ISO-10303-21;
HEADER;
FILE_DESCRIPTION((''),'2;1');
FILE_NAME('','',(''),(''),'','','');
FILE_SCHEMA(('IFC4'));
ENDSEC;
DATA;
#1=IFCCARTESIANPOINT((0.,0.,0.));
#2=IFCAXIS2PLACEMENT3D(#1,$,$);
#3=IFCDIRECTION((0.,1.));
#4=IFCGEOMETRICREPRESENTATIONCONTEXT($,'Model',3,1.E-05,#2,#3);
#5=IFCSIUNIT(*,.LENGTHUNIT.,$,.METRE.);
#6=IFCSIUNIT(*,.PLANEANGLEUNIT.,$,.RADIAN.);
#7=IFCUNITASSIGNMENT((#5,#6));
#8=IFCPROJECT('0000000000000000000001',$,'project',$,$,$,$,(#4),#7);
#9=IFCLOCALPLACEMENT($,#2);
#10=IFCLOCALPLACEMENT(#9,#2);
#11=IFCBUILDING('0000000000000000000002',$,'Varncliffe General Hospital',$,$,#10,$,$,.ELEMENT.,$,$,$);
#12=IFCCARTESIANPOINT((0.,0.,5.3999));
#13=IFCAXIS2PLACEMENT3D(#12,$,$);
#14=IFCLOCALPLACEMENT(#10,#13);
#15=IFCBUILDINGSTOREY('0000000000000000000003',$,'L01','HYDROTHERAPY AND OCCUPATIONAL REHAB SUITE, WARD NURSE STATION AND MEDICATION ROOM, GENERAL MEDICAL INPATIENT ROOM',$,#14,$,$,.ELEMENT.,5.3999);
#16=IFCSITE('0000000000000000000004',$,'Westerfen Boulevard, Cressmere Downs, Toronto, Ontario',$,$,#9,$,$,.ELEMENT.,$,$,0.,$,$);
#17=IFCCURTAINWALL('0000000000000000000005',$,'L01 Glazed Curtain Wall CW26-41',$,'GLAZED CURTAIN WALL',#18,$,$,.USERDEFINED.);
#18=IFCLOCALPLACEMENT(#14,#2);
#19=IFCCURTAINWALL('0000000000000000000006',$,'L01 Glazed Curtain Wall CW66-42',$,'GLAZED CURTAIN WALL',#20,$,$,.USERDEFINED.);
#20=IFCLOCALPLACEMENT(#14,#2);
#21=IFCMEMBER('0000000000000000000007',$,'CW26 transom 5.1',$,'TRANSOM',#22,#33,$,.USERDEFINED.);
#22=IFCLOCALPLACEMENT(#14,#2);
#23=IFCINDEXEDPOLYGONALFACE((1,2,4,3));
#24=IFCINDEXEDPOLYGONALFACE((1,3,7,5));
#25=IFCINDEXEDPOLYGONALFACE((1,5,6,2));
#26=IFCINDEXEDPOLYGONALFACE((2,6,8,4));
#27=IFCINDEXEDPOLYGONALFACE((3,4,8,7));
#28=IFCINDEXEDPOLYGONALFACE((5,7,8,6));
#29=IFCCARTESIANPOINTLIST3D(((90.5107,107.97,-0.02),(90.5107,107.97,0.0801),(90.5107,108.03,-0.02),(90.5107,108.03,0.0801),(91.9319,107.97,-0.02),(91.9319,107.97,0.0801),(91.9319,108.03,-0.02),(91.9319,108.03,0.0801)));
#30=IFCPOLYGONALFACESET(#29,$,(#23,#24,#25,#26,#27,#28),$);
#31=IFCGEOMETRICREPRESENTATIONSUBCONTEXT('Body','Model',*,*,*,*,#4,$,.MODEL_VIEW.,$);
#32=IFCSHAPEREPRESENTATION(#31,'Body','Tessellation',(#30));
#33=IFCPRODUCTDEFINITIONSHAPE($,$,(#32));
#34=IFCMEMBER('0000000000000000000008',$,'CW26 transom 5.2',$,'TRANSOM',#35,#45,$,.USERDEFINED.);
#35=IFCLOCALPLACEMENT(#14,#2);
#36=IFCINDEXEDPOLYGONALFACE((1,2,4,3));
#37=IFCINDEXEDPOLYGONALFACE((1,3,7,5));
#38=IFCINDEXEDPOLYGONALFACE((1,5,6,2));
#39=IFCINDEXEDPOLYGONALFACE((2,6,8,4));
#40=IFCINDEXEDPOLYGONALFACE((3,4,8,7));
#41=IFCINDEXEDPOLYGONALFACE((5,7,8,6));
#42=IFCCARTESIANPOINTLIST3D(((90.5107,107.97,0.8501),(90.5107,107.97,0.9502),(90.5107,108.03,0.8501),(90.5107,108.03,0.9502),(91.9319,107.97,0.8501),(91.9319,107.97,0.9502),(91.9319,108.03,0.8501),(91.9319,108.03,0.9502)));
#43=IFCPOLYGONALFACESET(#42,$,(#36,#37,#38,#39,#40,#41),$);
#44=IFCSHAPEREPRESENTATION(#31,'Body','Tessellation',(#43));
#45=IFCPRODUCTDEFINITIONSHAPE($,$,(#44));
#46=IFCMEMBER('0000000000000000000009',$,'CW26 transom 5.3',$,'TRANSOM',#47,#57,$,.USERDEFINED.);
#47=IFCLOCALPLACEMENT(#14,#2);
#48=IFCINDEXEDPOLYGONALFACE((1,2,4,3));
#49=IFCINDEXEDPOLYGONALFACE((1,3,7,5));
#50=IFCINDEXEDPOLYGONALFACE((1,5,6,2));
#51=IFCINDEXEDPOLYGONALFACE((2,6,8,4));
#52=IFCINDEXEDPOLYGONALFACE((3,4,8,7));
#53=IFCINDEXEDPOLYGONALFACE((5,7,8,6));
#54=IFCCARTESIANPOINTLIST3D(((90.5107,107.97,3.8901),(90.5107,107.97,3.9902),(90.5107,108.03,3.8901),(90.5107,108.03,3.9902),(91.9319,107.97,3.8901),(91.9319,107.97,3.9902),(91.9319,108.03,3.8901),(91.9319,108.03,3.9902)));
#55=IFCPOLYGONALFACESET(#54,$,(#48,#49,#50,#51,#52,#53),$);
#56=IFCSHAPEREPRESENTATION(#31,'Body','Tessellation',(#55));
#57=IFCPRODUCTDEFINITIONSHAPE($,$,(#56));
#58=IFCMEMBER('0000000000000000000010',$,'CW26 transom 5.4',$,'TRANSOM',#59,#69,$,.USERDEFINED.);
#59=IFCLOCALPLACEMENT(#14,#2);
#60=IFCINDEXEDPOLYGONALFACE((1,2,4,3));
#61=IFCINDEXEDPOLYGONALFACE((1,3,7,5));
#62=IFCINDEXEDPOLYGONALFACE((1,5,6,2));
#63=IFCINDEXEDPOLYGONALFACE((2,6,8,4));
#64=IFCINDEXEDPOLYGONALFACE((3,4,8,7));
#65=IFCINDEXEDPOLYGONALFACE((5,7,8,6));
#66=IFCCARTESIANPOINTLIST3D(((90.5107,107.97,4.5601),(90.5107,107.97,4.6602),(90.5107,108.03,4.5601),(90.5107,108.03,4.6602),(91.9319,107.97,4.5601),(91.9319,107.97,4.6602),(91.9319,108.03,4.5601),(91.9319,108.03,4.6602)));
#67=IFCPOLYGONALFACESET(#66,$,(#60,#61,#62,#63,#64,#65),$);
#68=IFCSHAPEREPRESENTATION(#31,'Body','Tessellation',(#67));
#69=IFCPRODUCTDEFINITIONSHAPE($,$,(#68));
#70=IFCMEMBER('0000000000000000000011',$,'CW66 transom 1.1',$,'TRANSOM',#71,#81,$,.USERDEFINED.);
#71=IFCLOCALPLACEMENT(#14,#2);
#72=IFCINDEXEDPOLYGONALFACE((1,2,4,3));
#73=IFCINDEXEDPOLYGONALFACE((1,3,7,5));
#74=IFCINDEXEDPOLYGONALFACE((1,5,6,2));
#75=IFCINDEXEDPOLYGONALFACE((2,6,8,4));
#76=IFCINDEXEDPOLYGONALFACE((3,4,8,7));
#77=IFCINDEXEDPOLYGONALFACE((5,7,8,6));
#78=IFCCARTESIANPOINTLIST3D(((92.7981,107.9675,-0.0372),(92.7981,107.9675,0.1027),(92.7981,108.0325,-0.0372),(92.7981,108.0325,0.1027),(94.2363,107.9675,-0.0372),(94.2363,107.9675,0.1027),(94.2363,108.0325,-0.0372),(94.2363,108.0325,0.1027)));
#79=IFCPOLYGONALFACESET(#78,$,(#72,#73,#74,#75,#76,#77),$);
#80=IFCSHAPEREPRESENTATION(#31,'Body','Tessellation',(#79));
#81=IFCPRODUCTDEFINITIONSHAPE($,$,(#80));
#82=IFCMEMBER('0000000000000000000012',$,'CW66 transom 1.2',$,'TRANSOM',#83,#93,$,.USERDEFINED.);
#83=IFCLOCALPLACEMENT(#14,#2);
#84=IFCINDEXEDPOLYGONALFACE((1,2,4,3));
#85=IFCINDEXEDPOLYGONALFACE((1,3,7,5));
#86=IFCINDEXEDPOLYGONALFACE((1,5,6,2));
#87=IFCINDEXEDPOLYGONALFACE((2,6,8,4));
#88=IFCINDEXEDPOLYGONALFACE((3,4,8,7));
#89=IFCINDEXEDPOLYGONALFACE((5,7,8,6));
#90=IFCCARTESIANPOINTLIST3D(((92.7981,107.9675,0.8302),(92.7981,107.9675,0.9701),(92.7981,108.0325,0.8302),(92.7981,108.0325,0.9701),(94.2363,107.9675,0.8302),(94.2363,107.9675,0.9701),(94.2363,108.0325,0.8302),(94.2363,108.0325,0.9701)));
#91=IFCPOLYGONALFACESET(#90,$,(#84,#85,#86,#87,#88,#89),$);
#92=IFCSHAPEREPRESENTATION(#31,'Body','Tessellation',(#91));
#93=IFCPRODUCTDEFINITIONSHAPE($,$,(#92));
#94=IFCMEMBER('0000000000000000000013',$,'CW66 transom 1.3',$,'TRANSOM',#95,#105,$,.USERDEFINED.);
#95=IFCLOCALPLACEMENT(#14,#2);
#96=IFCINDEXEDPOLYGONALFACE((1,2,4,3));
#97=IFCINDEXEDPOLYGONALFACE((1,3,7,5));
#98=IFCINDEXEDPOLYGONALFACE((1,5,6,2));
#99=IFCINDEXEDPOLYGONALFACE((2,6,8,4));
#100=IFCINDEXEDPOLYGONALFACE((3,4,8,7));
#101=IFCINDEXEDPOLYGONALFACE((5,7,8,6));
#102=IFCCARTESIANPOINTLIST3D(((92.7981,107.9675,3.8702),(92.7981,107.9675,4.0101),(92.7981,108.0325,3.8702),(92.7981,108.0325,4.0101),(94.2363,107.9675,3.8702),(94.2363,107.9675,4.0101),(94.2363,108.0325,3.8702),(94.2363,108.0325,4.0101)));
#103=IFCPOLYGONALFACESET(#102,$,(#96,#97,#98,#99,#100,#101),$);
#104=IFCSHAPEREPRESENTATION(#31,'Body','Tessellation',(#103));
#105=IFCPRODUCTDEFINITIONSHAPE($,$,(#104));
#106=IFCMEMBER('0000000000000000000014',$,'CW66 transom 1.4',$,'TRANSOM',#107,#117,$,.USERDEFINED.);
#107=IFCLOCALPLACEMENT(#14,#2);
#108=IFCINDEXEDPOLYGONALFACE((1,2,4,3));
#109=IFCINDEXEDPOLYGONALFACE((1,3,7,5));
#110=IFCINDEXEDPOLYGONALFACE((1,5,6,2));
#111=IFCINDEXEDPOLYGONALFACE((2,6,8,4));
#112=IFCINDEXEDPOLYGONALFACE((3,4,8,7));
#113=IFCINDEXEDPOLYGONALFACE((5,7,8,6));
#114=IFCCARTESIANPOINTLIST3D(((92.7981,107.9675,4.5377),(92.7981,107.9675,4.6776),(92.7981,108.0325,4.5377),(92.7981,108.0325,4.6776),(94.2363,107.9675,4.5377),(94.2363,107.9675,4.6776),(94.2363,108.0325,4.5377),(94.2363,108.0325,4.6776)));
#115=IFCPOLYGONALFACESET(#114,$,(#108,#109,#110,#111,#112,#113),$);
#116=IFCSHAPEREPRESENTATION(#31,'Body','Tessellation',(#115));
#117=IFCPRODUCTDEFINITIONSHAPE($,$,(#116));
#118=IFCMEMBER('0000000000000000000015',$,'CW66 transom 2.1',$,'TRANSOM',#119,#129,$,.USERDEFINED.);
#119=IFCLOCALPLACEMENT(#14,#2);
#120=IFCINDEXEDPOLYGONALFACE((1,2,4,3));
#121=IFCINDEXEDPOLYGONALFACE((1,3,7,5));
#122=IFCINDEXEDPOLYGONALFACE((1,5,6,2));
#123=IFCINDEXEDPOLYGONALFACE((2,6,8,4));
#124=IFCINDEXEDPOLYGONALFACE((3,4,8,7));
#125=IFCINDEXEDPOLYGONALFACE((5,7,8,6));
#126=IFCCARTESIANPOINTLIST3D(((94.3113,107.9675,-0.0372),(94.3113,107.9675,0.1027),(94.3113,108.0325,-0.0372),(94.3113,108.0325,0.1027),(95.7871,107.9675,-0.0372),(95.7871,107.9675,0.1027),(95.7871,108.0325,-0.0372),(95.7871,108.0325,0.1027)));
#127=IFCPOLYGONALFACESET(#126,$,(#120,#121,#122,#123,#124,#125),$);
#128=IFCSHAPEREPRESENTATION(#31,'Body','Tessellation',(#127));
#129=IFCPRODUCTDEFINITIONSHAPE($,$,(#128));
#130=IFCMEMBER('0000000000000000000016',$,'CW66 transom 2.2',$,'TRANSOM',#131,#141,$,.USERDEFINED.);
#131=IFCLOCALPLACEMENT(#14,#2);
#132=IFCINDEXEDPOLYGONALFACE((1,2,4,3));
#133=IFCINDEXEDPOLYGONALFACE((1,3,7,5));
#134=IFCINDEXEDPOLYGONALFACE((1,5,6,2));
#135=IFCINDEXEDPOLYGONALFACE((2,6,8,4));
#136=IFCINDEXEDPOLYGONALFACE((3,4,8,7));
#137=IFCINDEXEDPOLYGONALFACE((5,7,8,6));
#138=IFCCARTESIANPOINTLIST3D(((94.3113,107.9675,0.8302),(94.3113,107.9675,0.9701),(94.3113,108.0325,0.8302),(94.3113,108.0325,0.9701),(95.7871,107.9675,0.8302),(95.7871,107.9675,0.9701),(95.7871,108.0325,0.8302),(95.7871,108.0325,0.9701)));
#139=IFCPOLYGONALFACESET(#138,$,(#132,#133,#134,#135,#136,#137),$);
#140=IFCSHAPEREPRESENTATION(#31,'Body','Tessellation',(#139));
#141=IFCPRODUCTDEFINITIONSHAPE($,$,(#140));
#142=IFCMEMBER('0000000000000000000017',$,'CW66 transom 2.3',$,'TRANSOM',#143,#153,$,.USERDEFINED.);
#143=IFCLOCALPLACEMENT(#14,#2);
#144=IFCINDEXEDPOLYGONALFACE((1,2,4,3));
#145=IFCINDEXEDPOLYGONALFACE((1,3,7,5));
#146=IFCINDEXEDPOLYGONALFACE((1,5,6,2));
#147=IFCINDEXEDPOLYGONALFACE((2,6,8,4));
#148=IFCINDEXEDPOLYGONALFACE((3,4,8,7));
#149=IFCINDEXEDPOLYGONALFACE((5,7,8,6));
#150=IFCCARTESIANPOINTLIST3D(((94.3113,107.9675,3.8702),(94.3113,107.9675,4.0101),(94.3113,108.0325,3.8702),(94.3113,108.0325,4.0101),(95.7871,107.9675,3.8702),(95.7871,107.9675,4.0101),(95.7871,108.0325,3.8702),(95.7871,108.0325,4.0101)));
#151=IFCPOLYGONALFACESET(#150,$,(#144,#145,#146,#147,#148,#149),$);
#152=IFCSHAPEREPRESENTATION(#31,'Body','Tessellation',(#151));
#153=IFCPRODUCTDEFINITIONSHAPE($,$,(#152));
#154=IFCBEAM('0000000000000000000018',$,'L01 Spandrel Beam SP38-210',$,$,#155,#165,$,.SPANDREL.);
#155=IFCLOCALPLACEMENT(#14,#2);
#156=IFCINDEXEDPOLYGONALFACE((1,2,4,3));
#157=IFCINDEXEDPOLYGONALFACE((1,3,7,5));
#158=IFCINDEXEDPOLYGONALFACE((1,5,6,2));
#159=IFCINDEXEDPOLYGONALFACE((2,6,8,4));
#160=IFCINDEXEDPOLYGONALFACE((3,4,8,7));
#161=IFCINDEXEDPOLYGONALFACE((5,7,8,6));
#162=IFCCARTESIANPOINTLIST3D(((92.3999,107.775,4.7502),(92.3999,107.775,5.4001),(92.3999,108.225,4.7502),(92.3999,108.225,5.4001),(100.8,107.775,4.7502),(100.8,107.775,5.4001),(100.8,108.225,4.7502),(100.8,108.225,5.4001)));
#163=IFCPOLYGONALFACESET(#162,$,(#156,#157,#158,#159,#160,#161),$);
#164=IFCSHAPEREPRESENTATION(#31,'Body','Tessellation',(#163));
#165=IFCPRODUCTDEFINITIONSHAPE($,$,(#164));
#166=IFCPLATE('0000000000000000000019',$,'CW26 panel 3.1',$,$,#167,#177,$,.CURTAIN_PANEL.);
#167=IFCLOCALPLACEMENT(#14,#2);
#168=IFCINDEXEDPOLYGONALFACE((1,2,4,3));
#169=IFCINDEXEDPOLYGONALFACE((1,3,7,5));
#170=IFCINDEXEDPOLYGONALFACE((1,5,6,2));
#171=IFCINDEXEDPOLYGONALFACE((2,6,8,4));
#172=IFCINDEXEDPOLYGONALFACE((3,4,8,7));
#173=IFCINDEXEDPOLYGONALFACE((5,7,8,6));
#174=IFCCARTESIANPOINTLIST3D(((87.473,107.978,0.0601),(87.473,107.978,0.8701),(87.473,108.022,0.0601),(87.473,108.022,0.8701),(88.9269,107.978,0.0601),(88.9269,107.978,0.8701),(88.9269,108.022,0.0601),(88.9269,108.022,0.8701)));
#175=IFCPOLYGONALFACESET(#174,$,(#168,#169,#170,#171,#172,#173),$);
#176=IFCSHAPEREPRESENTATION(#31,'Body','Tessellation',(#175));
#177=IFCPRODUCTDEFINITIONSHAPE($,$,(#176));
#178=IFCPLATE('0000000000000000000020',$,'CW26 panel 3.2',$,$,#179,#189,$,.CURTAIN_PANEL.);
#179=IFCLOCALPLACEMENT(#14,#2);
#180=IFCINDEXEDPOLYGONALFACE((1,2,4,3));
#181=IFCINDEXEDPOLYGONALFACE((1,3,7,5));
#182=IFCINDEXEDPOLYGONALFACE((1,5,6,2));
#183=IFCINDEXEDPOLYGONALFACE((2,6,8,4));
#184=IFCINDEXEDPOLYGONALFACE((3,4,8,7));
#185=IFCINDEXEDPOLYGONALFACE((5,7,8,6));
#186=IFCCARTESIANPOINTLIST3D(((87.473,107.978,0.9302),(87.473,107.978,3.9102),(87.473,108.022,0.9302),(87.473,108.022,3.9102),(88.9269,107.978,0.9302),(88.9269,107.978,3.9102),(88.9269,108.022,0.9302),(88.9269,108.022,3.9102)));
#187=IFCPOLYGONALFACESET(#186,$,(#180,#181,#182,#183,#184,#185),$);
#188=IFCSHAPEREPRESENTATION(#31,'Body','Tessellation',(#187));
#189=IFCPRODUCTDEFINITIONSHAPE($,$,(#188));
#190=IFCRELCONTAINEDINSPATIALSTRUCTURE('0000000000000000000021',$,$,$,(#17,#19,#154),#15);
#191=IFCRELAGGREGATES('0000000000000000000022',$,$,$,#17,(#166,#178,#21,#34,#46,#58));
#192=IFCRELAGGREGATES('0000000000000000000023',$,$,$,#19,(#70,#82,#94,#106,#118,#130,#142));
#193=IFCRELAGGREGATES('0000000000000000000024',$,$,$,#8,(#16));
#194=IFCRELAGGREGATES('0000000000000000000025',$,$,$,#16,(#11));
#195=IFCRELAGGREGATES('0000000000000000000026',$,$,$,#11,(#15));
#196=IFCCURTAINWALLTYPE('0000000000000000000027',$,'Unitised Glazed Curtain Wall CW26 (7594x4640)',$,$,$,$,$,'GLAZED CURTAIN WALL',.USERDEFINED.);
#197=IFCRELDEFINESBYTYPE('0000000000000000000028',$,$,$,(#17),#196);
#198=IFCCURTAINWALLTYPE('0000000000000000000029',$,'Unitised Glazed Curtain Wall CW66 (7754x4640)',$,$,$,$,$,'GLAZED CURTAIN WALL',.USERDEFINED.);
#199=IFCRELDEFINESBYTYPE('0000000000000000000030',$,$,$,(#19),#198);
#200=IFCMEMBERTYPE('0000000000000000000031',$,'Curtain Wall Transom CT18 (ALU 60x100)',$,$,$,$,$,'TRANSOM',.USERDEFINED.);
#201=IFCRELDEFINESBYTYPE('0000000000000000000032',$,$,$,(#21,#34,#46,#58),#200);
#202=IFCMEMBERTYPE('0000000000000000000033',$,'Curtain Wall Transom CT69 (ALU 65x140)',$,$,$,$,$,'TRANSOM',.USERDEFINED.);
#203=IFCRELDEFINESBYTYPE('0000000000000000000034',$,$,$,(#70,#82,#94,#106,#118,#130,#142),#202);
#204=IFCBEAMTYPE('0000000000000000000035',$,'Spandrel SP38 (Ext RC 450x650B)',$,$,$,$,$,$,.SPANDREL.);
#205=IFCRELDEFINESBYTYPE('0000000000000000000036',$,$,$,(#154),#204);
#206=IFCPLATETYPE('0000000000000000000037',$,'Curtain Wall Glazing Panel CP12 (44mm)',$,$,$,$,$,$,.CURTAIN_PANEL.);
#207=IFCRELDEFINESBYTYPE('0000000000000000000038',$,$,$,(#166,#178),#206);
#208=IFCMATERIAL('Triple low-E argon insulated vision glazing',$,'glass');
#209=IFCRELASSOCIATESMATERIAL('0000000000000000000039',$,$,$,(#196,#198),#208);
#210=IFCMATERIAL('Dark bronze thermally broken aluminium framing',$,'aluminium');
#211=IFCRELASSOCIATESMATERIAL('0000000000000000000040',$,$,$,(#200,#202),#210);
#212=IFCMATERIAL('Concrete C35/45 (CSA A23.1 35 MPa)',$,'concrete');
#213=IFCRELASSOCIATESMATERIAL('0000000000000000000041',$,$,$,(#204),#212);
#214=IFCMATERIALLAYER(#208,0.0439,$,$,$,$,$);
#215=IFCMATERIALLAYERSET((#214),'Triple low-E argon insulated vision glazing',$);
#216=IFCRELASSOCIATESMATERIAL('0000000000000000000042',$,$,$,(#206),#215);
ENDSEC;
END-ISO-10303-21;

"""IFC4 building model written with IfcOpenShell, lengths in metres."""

from ifc_helpers import new_model, si_unit, direction, frame, origin, origin_2d, place, context, subcontext, project, spatial, rectangle, extrude, material, layer, layer_set, material_profile, profile_set, type_object, element, aggregate, save


model = new_model("IFC4")

# Units and contexts
model_context = context("Model", 3, precision=1e-05, world=origin(), true_north=direction((0.0, 1.0)))
body_context = subcontext(model_context, "Body", "Model", "MODEL_VIEW")
ifc_project = project(units=[si_unit("LENGTHUNIT", "METRE"), si_unit("PLANEANGLEUNIT", "RADIAN")], contexts=[model_context])

# Site, building, storey
site_placement = place(None, origin())
site = spatial("IfcSite", under=ifc_project, at=site_placement, Name="Westerfen Boulevard, Cressmere Downs, Toronto, Ontario", CompositionType="ELEMENT", RefElevation=0.0)
building_placement = place(site_placement, origin())
building = spatial("IfcBuilding", under=site, at=building_placement, Name="Varncliffe General Hospital", CompositionType="ELEMENT")
storey_placement = place(building_placement, frame((0.0, 0.0, 5.3999)))
storey = spatial("IfcBuildingStorey", under=building, at=storey_placement, Name="L01", Description="HYDROTHERAPY AND OCCUPATIONAL REHAB SUITE, WARD NURSE STATION AND MEDICATION ROOM, GENERAL MEDICAL INPATIENT ROOM", CompositionType="ELEMENT", Elevation=5.3999)

# Curtain walls
ifc_material_1 = material(Name="Triple low-E argon insulated vision glazing", Category="glass")
curtain_wall_type_1 = type_object("IfcCurtainWallType", Name="Unitised Glazed Curtain Wall CW26 (7594x4640)", ElementType="GLAZED CURTAIN WALL", PredefinedType="USERDEFINED", material=ifc_material_1)
curtain_wall_1_placement = place(storey_placement, origin())
curtain_wall_1 = element("IfcCurtainWall", 1, at=curtain_wall_1_placement, inside=storey, type_object=curtain_wall_type_1, Name="L01 Glazed Curtain Wall CW26-41", ObjectType="GLAZED CURTAIN WALL", PredefinedType="USERDEFINED")
ifc_material_2 = material(Name="Dark bronze thermally broken aluminium framing", Category="aluminium")
curtain_wall_type_2 = type_object("IfcCurtainWallType", Name="Unitised Glazed Curtain Wall CW66 (7754x4640)", ElementType="GLAZED CURTAIN WALL", PredefinedType="USERDEFINED", material=ifc_material_1)
curtain_wall_2_placement = place(storey_placement, origin())
curtain_wall_2 = element("IfcCurtainWall", 2, at=curtain_wall_2_placement, inside=storey, type_object=curtain_wall_type_2, Name="L01 Glazed Curtain Wall CW66-42", ObjectType="GLAZED CURTAIN WALL", PredefinedType="USERDEFINED")

# Members
ifc_material_profile_1 = material_profile(ifc_material_2, rectangle(XDim=0.0601, YDim=0.1001, at=origin_2d()), Name="ALU 60x100")
ifc_profile_set_1 = profile_set([ifc_material_profile_1], Name="Dark bronze thermally broken aluminium framing")
member_type_1 = type_object("IfcMemberType", Name="Curtain Wall Transom CT18 (ALU 60x100)", ElementType="TRANSOM", PredefinedType="USERDEFINED", material=ifc_profile_set_1)
member_1_placement = place(storey_placement, frame((90.5107, 108.0, 0.03), z_axis=(1.0, 0.0, 0.0), x_axis=(0.0, 1.0, 0.0)))
member_1 = element("IfcMember", 3, at=member_1_placement, type_object=member_type_1, Name="CW26 transom 5.1", ObjectType="TRANSOM", PredefinedType="USERDEFINED", context=body_context, shape_type="SweptSolid", body=[
    extrude(rectangle(XDim=0.0601, YDim=0.1001, at=origin_2d()), origin(), (0.0, 0.0, 1.0), 1.4211),
])
member_2_placement = place(storey_placement, frame((90.5107, 108.0, 0.9001), z_axis=(1.0, 0.0, 0.0), x_axis=(0.0, 1.0, 0.0)))
member_2 = element("IfcMember", 4, at=member_2_placement, type_object=member_type_1, Name="CW26 transom 5.2", ObjectType="TRANSOM", PredefinedType="USERDEFINED", context=body_context, shape_type="SweptSolid", body=[
    extrude(rectangle(XDim=0.0601, YDim=0.1001, at=origin_2d()), origin(), (0.0, 0.0, 1.0), 1.4211),
])
member_3_placement = place(storey_placement, frame((90.5107, 108.0, 3.9402), z_axis=(1.0, 0.0, 0.0), x_axis=(0.0, 1.0, 0.0)))
member_3 = element("IfcMember", 5, at=member_3_placement, type_object=member_type_1, Name="CW26 transom 5.3", ObjectType="TRANSOM", PredefinedType="USERDEFINED", context=body_context, shape_type="SweptSolid", body=[
    extrude(rectangle(XDim=0.0601, YDim=0.1001, at=origin_2d()), origin(), (0.0, 0.0, 1.0), 1.4211),
])
member_4_placement = place(storey_placement, frame((90.5107, 108.0, 4.6101), z_axis=(1.0, 0.0, 0.0), x_axis=(0.0, 1.0, 0.0)))
member_4 = element("IfcMember", 6, at=member_4_placement, type_object=member_type_1, Name="CW26 transom 5.4", ObjectType="TRANSOM", PredefinedType="USERDEFINED", context=body_context, shape_type="SweptSolid", body=[
    extrude(rectangle(XDim=0.0601, YDim=0.1001, at=origin_2d()), origin(), (0.0, 0.0, 1.0), 1.4211),
])
ifc_material_profile_2 = material_profile(ifc_material_2, rectangle(XDim=0.0649, YDim=0.1399, at=origin_2d()), Name="ALU 65x140")
ifc_profile_set_2 = profile_set([ifc_material_profile_2], Name="Dark bronze thermally broken aluminium framing")
member_type_2 = type_object("IfcMemberType", Name="Curtain Wall Transom CT69 (ALU 65x140)", ElementType="TRANSOM", PredefinedType="USERDEFINED", material=ifc_profile_set_2)
member_5_placement = place(storey_placement, frame((92.7981, 108.0, 0.0327), z_axis=(1.0, 0.0, 0.0), x_axis=(0.0, 1.0, 0.0)))
member_5 = element("IfcMember", 7, at=member_5_placement, type_object=member_type_2, Name="CW66 transom 1.1", ObjectType="TRANSOM", PredefinedType="USERDEFINED", context=body_context, shape_type="SweptSolid", body=[
    extrude(rectangle(XDim=0.0649, YDim=0.1399, at=origin_2d()), origin(), (0.0, 0.0, 1.0), 1.4382),
])
member_6_placement = place(storey_placement, frame((92.7981, 108.0, 0.9001), z_axis=(1.0, 0.0, 0.0), x_axis=(0.0, 1.0, 0.0)))
member_6 = element("IfcMember", 8, at=member_6_placement, type_object=member_type_2, Name="CW66 transom 1.2", ObjectType="TRANSOM", PredefinedType="USERDEFINED", context=body_context, shape_type="SweptSolid", body=[
    extrude(rectangle(XDim=0.0649, YDim=0.1399, at=origin_2d()), origin(), (0.0, 0.0, 1.0), 1.4382),
])
member_7_placement = place(storey_placement, frame((92.7981, 108.0, 3.9402), z_axis=(1.0, 0.0, 0.0), x_axis=(0.0, 1.0, 0.0)))
member_7 = element("IfcMember", 9, at=member_7_placement, type_object=member_type_2, Name="CW66 transom 1.3", ObjectType="TRANSOM", PredefinedType="USERDEFINED", context=body_context, shape_type="SweptSolid", body=[
    extrude(rectangle(XDim=0.0649, YDim=0.1399, at=origin_2d()), origin(), (0.0, 0.0, 1.0), 1.4382),
])
member_8_placement = place(storey_placement, frame((92.7981, 108.0, 4.6077), z_axis=(1.0, 0.0, 0.0), x_axis=(0.0, 1.0, 0.0)))
member_8 = element("IfcMember", 10, at=member_8_placement, type_object=member_type_2, Name="CW66 transom 1.4", ObjectType="TRANSOM", PredefinedType="USERDEFINED", context=body_context, shape_type="SweptSolid", body=[
    extrude(rectangle(XDim=0.0649, YDim=0.1399, at=origin_2d()), origin(), (0.0, 0.0, 1.0), 1.4382),
])
member_9_placement = place(storey_placement, frame((94.3113, 108.0, 0.0327), z_axis=(1.0, 0.0, 0.0), x_axis=(0.0, 1.0, 0.0)))
member_9 = element("IfcMember", 11, at=member_9_placement, type_object=member_type_2, Name="CW66 transom 2.1", ObjectType="TRANSOM", PredefinedType="USERDEFINED", context=body_context, shape_type="SweptSolid", body=[
    extrude(rectangle(XDim=0.0649, YDim=0.1399, at=origin_2d()), origin(), (0.0, 0.0, 1.0), 1.4758),
])
member_10_placement = place(storey_placement, frame((94.3113, 108.0, 0.9001), z_axis=(1.0, 0.0, 0.0), x_axis=(0.0, 1.0, 0.0)))
member_10 = element("IfcMember", 12, at=member_10_placement, type_object=member_type_2, Name="CW66 transom 2.2", ObjectType="TRANSOM", PredefinedType="USERDEFINED", context=body_context, shape_type="SweptSolid", body=[
    extrude(rectangle(XDim=0.0649, YDim=0.1399, at=origin_2d()), origin(), (0.0, 0.0, 1.0), 1.4758),
])
member_11_placement = place(storey_placement, frame((94.3113, 108.0, 3.9402), z_axis=(1.0, 0.0, 0.0), x_axis=(0.0, 1.0, 0.0)))
member_11 = element("IfcMember", 13, at=member_11_placement, type_object=member_type_2, Name="CW66 transom 2.3", ObjectType="TRANSOM", PredefinedType="USERDEFINED", context=body_context, shape_type="SweptSolid", body=[
    extrude(rectangle(XDim=0.0649, YDim=0.1399, at=origin_2d()), origin(), (0.0, 0.0, 1.0), 1.4758),
])

# Beam
ifc_material_3 = material(Name="Concrete C35/45 (CSA A23.1 35 MPa)", Category="concrete")
ifc_material_profile_3 = material_profile(ifc_material_3, rectangle(XDim=0.45, YDim=0.6499, at=origin_2d()), Name="RC 450x650")
ifc_profile_set_3 = profile_set([ifc_material_profile_3], Name="Concrete C35/45 (CSA A23.1 35 MPa)")
beam_type = type_object("IfcBeamType", Name="Spandrel SP38 (Ext RC 450x650B)", PredefinedType="SPANDREL", material=ifc_profile_set_3)
beam_placement = place(storey_placement, frame((92.3999, 108.0, 5.0752), z_axis=(1.0, 0.0, 0.0), x_axis=(0.0, 1.0, 0.0)))
element("IfcBeam", 14, at=beam_placement, inside=storey, type_object=beam_type, Name="L01 Spandrel Beam SP38-210", PredefinedType="SPANDREL", context=body_context, shape_type="SweptSolid", body=[
    extrude(rectangle(XDim=0.45, YDim=0.6499, at=origin_2d()), origin(), (0.0, 0.0, 1.0), 8.4001),
])

# Plates
ifc_layer_1 = layer(ifc_material_1, 0.0439)
ifc_layer_set_1 = layer_set([ifc_layer_1], Name="Triple low-E argon insulated vision glazing")
plate_type_1 = type_object("IfcPlateType", Name="Curtain Wall Glazing Panel CP12 (44mm)", PredefinedType="CURTAIN_PANEL", material=ifc_layer_set_1)
plate_1_placement = place(storey_placement, frame((88.2, 108.0, 0.0601), z_axis=(0.0, 0.0, 1.0), x_axis=(1.0, 0.0, 0.0)))
plate_1 = element("IfcPlate", 15, at=plate_1_placement, type_object=plate_type_1, Name="CW26 panel 3.1", PredefinedType="CURTAIN_PANEL", context=body_context, shape_type="SweptSolid", body=[
    extrude(rectangle(XDim=1.4539, YDim=0.0439, at=origin_2d()), origin(), (0.0, 0.0, 1.0), 0.8101),
])
plate_2_placement = place(storey_placement, frame((88.2, 108.0, 0.9302), z_axis=(0.0, 0.0, 1.0), x_axis=(1.0, 0.0, 0.0)))
plate_2 = element("IfcPlate", 16, at=plate_2_placement, type_object=plate_type_1, Name="CW26 panel 3.2", PredefinedType="CURTAIN_PANEL", context=body_context, shape_type="SweptSolid", body=[
    extrude(rectangle(XDim=1.4539, YDim=0.0439, at=origin_2d()), origin(), (0.0, 0.0, 1.0), 2.98),
])
aggregate(curtain_wall_1, [plate_1, plate_2, member_1, member_2, member_3, member_4])
aggregate(curtain_wall_2, [member_5, member_6, member_7, member_8, member_9, member_10, member_11])

save(model, "model.ifc")
